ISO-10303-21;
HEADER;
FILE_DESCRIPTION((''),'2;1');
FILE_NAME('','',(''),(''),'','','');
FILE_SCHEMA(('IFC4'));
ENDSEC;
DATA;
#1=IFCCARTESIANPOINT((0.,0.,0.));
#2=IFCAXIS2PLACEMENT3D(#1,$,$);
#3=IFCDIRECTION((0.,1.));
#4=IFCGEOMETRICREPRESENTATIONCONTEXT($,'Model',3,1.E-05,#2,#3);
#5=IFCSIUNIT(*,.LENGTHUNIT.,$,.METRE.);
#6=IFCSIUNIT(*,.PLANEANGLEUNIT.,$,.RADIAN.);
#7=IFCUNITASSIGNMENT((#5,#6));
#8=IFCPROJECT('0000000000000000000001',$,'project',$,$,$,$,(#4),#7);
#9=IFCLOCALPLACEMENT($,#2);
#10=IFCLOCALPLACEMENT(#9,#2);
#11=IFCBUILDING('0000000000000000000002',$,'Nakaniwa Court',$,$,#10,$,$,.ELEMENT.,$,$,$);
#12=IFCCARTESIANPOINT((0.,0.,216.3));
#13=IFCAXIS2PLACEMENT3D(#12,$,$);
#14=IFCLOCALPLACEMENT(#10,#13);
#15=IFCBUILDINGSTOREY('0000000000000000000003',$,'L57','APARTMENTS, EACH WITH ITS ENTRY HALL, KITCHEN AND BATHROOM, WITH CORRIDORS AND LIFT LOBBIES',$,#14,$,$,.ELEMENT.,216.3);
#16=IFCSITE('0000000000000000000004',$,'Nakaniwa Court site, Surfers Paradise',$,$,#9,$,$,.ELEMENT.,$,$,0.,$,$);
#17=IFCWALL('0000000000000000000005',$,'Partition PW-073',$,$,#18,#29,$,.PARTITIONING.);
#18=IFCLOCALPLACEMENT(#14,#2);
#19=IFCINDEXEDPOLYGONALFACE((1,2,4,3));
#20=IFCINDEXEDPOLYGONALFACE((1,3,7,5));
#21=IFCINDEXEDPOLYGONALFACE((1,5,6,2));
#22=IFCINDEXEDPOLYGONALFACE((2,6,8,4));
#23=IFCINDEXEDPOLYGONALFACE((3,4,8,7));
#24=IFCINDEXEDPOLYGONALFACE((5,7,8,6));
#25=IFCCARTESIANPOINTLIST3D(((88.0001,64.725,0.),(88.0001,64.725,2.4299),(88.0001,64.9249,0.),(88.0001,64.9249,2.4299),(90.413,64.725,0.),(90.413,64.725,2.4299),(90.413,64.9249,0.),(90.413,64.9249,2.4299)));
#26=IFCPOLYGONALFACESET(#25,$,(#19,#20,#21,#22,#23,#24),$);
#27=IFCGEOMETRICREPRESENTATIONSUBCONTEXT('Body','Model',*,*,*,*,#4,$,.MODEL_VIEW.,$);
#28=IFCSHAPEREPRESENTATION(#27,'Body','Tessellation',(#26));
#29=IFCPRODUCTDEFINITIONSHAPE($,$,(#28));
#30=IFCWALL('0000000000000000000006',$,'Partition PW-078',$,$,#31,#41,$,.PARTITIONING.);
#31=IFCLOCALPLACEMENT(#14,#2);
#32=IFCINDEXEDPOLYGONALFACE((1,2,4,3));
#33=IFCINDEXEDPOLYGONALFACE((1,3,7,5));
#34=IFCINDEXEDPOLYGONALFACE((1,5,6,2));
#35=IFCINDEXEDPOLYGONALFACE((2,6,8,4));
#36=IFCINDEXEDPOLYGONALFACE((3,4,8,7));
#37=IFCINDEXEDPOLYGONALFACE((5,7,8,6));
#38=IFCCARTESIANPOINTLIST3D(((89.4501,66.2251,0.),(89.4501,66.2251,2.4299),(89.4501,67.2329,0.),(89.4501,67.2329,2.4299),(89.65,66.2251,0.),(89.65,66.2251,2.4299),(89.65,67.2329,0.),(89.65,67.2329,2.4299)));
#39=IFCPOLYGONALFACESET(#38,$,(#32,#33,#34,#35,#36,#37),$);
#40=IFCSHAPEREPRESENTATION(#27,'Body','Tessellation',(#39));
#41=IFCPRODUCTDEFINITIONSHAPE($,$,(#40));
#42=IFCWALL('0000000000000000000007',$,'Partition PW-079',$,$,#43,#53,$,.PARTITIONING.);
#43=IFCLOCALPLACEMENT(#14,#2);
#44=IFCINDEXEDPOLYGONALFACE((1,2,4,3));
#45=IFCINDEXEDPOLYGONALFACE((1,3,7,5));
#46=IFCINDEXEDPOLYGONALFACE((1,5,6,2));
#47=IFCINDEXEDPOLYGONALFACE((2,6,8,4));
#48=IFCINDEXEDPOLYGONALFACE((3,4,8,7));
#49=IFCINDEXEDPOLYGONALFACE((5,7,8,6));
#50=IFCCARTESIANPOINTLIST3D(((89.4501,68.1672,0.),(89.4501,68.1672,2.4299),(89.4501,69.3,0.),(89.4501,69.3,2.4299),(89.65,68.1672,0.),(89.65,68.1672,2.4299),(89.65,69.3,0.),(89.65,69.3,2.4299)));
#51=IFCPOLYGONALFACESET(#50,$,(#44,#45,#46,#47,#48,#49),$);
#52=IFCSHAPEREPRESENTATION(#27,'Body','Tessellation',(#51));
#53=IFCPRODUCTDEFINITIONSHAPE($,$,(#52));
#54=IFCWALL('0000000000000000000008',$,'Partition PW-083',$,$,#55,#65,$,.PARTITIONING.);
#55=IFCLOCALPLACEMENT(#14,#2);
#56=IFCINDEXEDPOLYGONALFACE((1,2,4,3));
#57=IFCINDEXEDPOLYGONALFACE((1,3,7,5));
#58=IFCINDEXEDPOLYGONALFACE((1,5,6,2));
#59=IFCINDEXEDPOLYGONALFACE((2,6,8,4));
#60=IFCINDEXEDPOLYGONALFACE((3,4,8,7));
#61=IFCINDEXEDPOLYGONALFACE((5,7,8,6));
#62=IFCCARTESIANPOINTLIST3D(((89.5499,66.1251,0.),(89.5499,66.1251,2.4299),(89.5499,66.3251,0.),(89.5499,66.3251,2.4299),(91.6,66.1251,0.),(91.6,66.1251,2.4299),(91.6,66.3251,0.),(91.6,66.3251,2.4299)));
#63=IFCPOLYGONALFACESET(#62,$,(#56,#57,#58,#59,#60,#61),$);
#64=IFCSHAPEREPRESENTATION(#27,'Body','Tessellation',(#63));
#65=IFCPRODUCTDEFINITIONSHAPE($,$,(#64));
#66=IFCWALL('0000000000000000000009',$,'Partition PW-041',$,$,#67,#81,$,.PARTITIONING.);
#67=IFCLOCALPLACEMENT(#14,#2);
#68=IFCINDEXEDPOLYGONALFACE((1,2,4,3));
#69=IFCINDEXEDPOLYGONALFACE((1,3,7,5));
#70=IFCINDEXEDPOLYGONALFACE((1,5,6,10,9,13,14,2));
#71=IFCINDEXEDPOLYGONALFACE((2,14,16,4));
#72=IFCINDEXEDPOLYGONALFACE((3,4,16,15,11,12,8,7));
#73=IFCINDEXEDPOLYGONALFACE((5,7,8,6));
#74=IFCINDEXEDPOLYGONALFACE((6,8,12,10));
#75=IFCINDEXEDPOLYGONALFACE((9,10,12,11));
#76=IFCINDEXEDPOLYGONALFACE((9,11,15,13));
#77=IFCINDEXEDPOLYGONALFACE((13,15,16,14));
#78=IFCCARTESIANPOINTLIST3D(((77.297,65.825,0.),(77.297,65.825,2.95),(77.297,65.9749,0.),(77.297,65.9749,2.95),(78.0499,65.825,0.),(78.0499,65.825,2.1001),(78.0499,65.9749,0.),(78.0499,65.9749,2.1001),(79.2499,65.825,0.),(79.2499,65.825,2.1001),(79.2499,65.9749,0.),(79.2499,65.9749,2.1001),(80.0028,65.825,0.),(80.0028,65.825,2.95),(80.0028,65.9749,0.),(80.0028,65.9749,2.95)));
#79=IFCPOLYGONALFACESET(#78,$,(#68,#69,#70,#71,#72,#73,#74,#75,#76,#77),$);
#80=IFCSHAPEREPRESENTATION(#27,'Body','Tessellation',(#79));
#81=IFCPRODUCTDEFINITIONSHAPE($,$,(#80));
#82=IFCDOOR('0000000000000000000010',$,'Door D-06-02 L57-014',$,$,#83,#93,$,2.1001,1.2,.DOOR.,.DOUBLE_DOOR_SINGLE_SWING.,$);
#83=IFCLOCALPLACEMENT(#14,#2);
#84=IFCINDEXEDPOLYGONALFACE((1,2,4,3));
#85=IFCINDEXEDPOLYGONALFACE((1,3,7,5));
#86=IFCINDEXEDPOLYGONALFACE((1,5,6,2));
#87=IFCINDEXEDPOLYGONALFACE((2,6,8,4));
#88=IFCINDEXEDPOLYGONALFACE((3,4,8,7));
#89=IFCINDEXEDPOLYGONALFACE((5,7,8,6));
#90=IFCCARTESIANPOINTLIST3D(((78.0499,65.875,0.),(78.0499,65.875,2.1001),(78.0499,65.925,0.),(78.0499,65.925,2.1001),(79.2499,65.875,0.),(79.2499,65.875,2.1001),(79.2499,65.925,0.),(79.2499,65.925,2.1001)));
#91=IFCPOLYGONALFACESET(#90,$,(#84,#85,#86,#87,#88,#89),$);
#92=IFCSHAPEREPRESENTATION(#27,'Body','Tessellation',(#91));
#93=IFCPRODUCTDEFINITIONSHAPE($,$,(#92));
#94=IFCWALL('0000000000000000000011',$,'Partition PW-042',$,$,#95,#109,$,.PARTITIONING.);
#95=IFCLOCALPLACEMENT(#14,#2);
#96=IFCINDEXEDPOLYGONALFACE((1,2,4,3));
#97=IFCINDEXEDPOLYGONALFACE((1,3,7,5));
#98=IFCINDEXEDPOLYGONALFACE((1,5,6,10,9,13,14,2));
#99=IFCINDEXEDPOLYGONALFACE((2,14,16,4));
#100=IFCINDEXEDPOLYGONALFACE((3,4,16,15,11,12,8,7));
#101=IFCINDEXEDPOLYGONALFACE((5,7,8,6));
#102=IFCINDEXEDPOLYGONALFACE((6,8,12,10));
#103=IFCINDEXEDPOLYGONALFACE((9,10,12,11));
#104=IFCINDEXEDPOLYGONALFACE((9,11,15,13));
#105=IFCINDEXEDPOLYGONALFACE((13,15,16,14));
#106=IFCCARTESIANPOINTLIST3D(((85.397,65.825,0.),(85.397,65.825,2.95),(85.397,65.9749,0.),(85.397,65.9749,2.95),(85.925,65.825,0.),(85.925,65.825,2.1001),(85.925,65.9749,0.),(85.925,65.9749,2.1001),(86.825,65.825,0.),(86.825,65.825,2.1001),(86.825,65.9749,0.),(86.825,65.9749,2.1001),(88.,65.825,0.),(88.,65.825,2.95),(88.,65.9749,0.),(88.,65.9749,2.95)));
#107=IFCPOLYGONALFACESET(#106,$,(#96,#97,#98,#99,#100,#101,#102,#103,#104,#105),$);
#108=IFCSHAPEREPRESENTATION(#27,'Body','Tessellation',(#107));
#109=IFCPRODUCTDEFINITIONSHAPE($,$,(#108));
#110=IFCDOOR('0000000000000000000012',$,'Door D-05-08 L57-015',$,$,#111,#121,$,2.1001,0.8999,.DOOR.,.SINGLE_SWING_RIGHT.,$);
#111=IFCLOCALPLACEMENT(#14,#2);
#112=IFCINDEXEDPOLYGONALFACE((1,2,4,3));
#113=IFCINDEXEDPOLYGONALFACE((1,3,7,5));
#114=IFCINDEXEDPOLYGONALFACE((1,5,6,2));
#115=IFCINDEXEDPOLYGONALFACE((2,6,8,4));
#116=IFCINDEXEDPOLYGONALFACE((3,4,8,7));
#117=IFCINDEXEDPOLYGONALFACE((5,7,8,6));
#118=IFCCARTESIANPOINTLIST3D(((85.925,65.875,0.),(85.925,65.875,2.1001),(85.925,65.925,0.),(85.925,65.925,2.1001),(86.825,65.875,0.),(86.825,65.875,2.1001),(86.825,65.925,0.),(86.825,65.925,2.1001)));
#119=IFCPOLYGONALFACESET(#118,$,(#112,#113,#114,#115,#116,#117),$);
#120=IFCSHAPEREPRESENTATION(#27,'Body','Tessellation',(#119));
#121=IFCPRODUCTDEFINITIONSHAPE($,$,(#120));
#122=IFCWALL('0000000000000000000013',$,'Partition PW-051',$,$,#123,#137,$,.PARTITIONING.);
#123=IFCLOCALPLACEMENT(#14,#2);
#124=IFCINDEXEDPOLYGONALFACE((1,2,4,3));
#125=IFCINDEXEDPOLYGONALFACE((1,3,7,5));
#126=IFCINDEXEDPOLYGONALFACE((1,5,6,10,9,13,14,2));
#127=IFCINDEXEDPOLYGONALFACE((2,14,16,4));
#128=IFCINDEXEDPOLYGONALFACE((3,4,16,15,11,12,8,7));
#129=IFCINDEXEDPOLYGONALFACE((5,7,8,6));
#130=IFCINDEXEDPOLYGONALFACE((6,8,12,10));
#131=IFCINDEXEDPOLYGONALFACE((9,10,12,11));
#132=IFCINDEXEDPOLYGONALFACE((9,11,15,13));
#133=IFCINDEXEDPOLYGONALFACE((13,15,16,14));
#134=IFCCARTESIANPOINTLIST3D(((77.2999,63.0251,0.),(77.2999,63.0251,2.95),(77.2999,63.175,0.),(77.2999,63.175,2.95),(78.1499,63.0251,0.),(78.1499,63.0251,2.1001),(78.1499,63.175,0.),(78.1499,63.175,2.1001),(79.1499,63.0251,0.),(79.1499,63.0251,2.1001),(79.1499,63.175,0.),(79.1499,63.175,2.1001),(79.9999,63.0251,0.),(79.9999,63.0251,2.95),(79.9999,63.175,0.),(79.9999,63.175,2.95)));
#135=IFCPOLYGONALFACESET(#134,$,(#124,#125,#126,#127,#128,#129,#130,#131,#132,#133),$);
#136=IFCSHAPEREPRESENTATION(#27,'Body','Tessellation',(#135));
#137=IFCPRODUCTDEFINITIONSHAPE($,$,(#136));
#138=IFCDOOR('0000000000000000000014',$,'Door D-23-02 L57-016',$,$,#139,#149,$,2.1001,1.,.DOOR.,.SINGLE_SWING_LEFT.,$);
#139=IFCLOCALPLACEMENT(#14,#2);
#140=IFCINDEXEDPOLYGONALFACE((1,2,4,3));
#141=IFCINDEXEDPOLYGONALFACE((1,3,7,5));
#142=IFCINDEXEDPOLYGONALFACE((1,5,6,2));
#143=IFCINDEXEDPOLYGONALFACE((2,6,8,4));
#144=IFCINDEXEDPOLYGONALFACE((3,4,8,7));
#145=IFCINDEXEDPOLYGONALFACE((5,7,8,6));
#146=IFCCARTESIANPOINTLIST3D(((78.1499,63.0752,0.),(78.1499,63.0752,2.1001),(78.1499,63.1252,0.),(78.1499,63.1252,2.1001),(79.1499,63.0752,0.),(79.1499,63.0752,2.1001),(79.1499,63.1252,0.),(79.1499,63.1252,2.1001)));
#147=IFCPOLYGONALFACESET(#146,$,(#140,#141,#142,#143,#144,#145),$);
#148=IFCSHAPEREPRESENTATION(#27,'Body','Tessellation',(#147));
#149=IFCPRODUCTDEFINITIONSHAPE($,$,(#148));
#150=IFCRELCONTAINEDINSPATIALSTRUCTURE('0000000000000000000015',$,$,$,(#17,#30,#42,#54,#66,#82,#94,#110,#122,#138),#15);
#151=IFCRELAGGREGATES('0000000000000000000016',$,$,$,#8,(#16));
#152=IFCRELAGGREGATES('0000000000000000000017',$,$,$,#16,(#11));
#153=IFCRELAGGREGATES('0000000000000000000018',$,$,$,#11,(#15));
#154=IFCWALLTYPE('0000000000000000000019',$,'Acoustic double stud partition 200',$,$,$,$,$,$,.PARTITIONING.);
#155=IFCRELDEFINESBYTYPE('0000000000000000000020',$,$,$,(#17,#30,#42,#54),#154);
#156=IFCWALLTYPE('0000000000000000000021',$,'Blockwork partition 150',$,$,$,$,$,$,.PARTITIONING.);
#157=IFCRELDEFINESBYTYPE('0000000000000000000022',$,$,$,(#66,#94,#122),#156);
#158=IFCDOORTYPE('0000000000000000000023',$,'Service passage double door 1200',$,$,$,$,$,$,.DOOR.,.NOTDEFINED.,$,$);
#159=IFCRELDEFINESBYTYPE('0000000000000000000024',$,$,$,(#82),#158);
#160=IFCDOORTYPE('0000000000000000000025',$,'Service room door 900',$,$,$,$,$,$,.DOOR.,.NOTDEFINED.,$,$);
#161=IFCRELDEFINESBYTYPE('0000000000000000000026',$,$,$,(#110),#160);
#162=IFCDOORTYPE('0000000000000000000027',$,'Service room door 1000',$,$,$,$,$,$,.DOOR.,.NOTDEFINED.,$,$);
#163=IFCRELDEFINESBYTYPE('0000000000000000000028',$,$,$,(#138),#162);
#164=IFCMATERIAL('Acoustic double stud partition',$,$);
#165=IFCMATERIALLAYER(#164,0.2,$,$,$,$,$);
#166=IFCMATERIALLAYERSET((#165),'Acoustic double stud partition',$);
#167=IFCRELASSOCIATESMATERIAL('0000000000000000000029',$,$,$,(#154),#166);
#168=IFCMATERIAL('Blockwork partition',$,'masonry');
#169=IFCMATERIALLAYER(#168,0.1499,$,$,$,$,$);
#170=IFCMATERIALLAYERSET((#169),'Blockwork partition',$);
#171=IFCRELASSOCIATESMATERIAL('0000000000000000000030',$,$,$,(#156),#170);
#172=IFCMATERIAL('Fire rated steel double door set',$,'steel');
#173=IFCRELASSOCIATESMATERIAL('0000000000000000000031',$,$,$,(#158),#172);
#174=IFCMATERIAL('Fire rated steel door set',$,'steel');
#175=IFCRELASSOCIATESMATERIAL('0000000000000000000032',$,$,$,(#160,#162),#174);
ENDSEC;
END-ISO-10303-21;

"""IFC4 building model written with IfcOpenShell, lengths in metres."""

from ifc_helpers import new_model, si_unit, direction, frame, frame_2d, origin, place, context, subcontext, project, spatial, rectangle, extrude, material, layer, layer_set, type_object, element, fill, save


model = new_model("IFC4")

# Units and contexts
model_context = context("Model", 3, precision=1e-05, world=origin(), true_north=direction((0.0, 1.0)))
body_context = subcontext(model_context, "Body", "Model", "MODEL_VIEW")
ifc_project = project(units=[si_unit("LENGTHUNIT", "METRE"), si_unit("PLANEANGLEUNIT", "RADIAN")], contexts=[model_context])

# Site, building, storey
site_placement = place(None, origin())
site = spatial("IfcSite", under=ifc_project, at=site_placement, Name="Nakaniwa Court site, Surfers Paradise", CompositionType="ELEMENT", RefElevation=0.0)
building_placement = place(site_placement, origin())
building = spatial("IfcBuilding", under=site, at=building_placement, Name="Nakaniwa Court", CompositionType="ELEMENT")
storey_placement = place(building_placement, frame((0.0, 0.0, 216.3)))
storey = spatial("IfcBuildingStorey", under=building, at=storey_placement, Name="L57", Description="APARTMENTS, EACH WITH ITS ENTRY HALL, KITCHEN AND BATHROOM, WITH CORRIDORS AND LIFT LOBBIES", CompositionType="ELEMENT", Elevation=216.3)

# Walls
ifc_material_1 = material(Name="Acoustic double stud partition")
ifc_layer_1 = layer(ifc_material_1, 0.2)
ifc_layer_set_1 = layer_set([ifc_layer_1], Name="Acoustic double stud partition")
wall_type_1 = type_object("IfcWallType", Name="Acoustic double stud partition 200", PredefinedType="PARTITIONING", material=ifc_layer_set_1)
wall_1_placement = place(storey_placement, frame((88.0, 64.825, 0.0), z_axis=(0.0, 0.0, 1.0), x_axis=(1.0, 0.0, 0.0)))
element("IfcWall", 1, at=wall_1_placement, inside=storey, type_object=wall_type_1, Name="Partition PW-073", PredefinedType="PARTITIONING", context=body_context, shape_type="SweptSolid", body=[
    extrude(rectangle(XDim=2.4128, YDim=0.2, at=frame_2d((1.2065, 0.0))), origin(), (0.0, 0.0, 1.0), 2.4299),
])
wall_2_placement = place(storey_placement, frame((89.55, 66.2251, 0.0), z_axis=(0.0, 0.0, 1.0), x_axis=(0.0, 1.0, 0.0)))
element("IfcWall", 2, at=wall_2_placement, inside=storey, type_object=wall_type_1, Name="Partition PW-078", PredefinedType="PARTITIONING", context=body_context, shape_type="SweptSolid", body=[
    extrude(rectangle(XDim=1.0078, YDim=0.2, at=frame_2d((0.5039, 0.0))), origin(), (0.0, 0.0, 1.0), 2.4299),
])
wall_3_placement = place(storey_placement, frame((89.55, 68.1672, 0.0), z_axis=(0.0, 0.0, 1.0), x_axis=(0.0, 1.0, 0.0)))
element("IfcWall", 3, at=wall_3_placement, inside=storey, type_object=wall_type_1, Name="Partition PW-079", PredefinedType="PARTITIONING", context=body_context, shape_type="SweptSolid", body=[
    extrude(rectangle(XDim=1.1328, YDim=0.2, at=frame_2d((0.5664, 0.0))), origin(), (0.0, 0.0, 1.0), 2.4299),
])
wall_4_placement = place(storey_placement, frame((89.55, 66.2251, 0.0), z_axis=(0.0, 0.0, 1.0), x_axis=(1.0, 0.0, 0.0)))
element("IfcWall", 4, at=wall_4_placement, inside=storey, type_object=wall_type_1, Name="Partition PW-083", PredefinedType="PARTITIONING", context=body_context, shape_type="SweptSolid", body=[
    extrude(rectangle(XDim=2.05, YDim=0.2, at=frame_2d((1.0249, 0.0))), origin(), (0.0, 0.0, 1.0), 2.4299),
])

# Walls, openings, doors
ifc_material_2 = material(Name="Blockwork partition", Category="masonry")
ifc_layer_2 = layer(ifc_material_2, 0.1499)
ifc_layer_set_2 = layer_set([ifc_layer_2], Name="Blockwork partition")
wall_type_2 = type_object("IfcWallType", Name="Blockwork partition 150", PredefinedType="PARTITIONING", material=ifc_layer_set_2)
wall_5_placement = place(storey_placement, frame((80.0029, 65.8999, 0.0), z_axis=(0.0, 0.0, 1.0), x_axis=(-1.0, 0.0, 0.0)))
wall_5 = element("IfcWall", 5, at=wall_5_placement, inside=storey, type_object=wall_type_2, Name="Partition PW-041", PredefinedType="PARTITIONING", context=body_context, shape_type="SweptSolid", body=[
    extrude(rectangle(XDim=2.7058, YDim=0.1499, at=frame_2d((1.353, 0.0))), origin(), (0.0, 0.0, 1.0), 2.95),
])
opening_1_placement = place(wall_5_placement, frame((0.7529, 0.0, 0.0)))
opening_1 = element("IfcOpeningElement", 6, at=opening_1_placement, cuts=wall_5, PredefinedType="OPENING", context=body_context, shape_type="SweptSolid", body=[
    extrude(rectangle(XDim=1.2, YDim=2.1001, at=frame_2d((0.6001, 1.05))), frame((0.0, 0.085, 0.0), z_axis=(0.0, -1.0, 0.0), x_axis=(1.0, 0.0, 0.0)), (0.0, 0.0, 1.0), 0.1699),
])
ifc_material_3 = material(Name="Fire rated steel double door set", Category="steel")
door_type_1 = type_object("IfcDoorType", Name="Service passage double door 1200", OperationType="NOTDEFINED", PredefinedType="DOOR", material=ifc_material_3)
door_1_placement = place(opening_1_placement, origin())
door_1 = element("IfcDoor", 7, at=door_1_placement, inside=storey, type_object=door_type_1, Name="Door D-06-02 L57-014", OperationType="DOUBLE_DOOR_SINGLE_SWING", OverallHeight=2.1001, OverallWidth=1.2, PredefinedType="DOOR", context=body_context, shape_type="SweptSolid", body=[
    extrude(rectangle(XDim=1.2, YDim=2.1001, at=frame_2d((0.6001, 1.05))), frame((0.0, 0.0249, 0.0), z_axis=(0.0, -1.0, 0.0), x_axis=(1.0, 0.0, 0.0)), (0.0, 0.0, 1.0), 0.05),
])
fill(opening_1, door_1)
wall_6_placement = place(storey_placement, frame((88.0, 65.8999, 0.0), z_axis=(0.0, 0.0, 1.0), x_axis=(-1.0, 0.0, 0.0)))
wall_6 = element("IfcWall", 8, at=wall_6_placement, inside=storey, type_object=wall_type_2, Name="Partition PW-042", PredefinedType="PARTITIONING", context=body_context, shape_type="SweptSolid", body=[
    extrude(rectangle(XDim=2.603, YDim=0.1499, at=frame_2d((1.3015, 0.0))), origin(), (0.0, 0.0, 1.0), 2.95),
])
opening_2_placement = place(wall_6_placement, frame((1.175, 0.0, 0.0)))
opening_2 = element("IfcOpeningElement", 9, at=opening_2_placement, cuts=wall_6, PredefinedType="OPENING", context=body_context, shape_type="SweptSolid", body=[
    extrude(rectangle(XDim=0.8999, YDim=2.1001, at=frame_2d((0.45, 1.05))), frame((0.0, 0.085, 0.0), z_axis=(0.0, -1.0, 0.0), x_axis=(1.0, 0.0, 0.0)), (0.0, 0.0, 1.0), 0.1699),
])
ifc_material_4 = material(Name="Fire rated steel door set", Category="steel")
door_type_2 = type_object("IfcDoorType", Name="Service room door 900", OperationType="NOTDEFINED", PredefinedType="DOOR", material=ifc_material_4)
door_2_placement = place(opening_2_placement, origin())
door_2 = element("IfcDoor", 10, at=door_2_placement, inside=storey, type_object=door_type_2, Name="Door D-05-08 L57-015", OperationType="SINGLE_SWING_RIGHT", OverallHeight=2.1001, OverallWidth=0.8999, PredefinedType="DOOR", context=body_context, shape_type="SweptSolid", body=[
    extrude(rectangle(XDim=0.8999, YDim=2.1001, at=frame_2d((0.45, 1.05))), frame((0.0, 0.0249, 0.0), z_axis=(0.0, -1.0, 0.0), x_axis=(1.0, 0.0, 0.0)), (0.0, 0.0, 1.0), 0.05),
])
fill(opening_2, door_2)
wall_7_placement = place(storey_placement, frame((80.0, 63.1001, 0.0), z_axis=(0.0, 0.0, 1.0), x_axis=(-1.0, 0.0, 0.0)))
wall_7 = element("IfcWall", 11, at=wall_7_placement, inside=storey, type_object=wall_type_2, Name="Partition PW-051", PredefinedType="PARTITIONING", context=body_context, shape_type="SweptSolid", body=[
    extrude(rectangle(XDim=2.7, YDim=0.1499, at=frame_2d((1.3501, 0.0))), origin(), (0.0, 0.0, 1.0), 2.95),
])
opening_3_placement = place(wall_7_placement, frame((0.8501, 0.0, 0.0)))
opening_3 = element("IfcOpeningElement", 12, at=opening_3_placement, cuts=wall_7, PredefinedType="OPENING", context=body_context, shape_type="SweptSolid", body=[
    extrude(rectangle(XDim=1.0, YDim=2.1001, at=frame_2d((0.5, 1.05))), frame((0.0, 0.085, 0.0), z_axis=(0.0, -1.0, 0.0), x_axis=(1.0, 0.0, 0.0)), (0.0, 0.0, 1.0), 0.1699),
])
door_type_3 = type_object("IfcDoorType", Name="Service room door 1000", OperationType="NOTDEFINED", PredefinedType="DOOR", material=ifc_material_4)
door_3_placement = place(opening_3_placement, origin())
door_3 = element("IfcDoor", 13, at=door_3_placement, inside=storey, type_object=door_type_3, Name="Door D-23-02 L57-016", OperationType="SINGLE_SWING_LEFT", OverallHeight=2.1001, OverallWidth=1.0, PredefinedType="DOOR", context=body_context, shape_type="SweptSolid", body=[
    extrude(rectangle(XDim=1.0, YDim=2.1001, at=frame_2d((0.5, 1.05))), frame((0.0, 0.0249, 0.0), z_axis=(0.0, -1.0, 0.0), x_axis=(1.0, 0.0, 0.0)), (0.0, 0.0, 1.0), 0.05),
])
fill(opening_3, door_3)

save(model, "model.ifc")
